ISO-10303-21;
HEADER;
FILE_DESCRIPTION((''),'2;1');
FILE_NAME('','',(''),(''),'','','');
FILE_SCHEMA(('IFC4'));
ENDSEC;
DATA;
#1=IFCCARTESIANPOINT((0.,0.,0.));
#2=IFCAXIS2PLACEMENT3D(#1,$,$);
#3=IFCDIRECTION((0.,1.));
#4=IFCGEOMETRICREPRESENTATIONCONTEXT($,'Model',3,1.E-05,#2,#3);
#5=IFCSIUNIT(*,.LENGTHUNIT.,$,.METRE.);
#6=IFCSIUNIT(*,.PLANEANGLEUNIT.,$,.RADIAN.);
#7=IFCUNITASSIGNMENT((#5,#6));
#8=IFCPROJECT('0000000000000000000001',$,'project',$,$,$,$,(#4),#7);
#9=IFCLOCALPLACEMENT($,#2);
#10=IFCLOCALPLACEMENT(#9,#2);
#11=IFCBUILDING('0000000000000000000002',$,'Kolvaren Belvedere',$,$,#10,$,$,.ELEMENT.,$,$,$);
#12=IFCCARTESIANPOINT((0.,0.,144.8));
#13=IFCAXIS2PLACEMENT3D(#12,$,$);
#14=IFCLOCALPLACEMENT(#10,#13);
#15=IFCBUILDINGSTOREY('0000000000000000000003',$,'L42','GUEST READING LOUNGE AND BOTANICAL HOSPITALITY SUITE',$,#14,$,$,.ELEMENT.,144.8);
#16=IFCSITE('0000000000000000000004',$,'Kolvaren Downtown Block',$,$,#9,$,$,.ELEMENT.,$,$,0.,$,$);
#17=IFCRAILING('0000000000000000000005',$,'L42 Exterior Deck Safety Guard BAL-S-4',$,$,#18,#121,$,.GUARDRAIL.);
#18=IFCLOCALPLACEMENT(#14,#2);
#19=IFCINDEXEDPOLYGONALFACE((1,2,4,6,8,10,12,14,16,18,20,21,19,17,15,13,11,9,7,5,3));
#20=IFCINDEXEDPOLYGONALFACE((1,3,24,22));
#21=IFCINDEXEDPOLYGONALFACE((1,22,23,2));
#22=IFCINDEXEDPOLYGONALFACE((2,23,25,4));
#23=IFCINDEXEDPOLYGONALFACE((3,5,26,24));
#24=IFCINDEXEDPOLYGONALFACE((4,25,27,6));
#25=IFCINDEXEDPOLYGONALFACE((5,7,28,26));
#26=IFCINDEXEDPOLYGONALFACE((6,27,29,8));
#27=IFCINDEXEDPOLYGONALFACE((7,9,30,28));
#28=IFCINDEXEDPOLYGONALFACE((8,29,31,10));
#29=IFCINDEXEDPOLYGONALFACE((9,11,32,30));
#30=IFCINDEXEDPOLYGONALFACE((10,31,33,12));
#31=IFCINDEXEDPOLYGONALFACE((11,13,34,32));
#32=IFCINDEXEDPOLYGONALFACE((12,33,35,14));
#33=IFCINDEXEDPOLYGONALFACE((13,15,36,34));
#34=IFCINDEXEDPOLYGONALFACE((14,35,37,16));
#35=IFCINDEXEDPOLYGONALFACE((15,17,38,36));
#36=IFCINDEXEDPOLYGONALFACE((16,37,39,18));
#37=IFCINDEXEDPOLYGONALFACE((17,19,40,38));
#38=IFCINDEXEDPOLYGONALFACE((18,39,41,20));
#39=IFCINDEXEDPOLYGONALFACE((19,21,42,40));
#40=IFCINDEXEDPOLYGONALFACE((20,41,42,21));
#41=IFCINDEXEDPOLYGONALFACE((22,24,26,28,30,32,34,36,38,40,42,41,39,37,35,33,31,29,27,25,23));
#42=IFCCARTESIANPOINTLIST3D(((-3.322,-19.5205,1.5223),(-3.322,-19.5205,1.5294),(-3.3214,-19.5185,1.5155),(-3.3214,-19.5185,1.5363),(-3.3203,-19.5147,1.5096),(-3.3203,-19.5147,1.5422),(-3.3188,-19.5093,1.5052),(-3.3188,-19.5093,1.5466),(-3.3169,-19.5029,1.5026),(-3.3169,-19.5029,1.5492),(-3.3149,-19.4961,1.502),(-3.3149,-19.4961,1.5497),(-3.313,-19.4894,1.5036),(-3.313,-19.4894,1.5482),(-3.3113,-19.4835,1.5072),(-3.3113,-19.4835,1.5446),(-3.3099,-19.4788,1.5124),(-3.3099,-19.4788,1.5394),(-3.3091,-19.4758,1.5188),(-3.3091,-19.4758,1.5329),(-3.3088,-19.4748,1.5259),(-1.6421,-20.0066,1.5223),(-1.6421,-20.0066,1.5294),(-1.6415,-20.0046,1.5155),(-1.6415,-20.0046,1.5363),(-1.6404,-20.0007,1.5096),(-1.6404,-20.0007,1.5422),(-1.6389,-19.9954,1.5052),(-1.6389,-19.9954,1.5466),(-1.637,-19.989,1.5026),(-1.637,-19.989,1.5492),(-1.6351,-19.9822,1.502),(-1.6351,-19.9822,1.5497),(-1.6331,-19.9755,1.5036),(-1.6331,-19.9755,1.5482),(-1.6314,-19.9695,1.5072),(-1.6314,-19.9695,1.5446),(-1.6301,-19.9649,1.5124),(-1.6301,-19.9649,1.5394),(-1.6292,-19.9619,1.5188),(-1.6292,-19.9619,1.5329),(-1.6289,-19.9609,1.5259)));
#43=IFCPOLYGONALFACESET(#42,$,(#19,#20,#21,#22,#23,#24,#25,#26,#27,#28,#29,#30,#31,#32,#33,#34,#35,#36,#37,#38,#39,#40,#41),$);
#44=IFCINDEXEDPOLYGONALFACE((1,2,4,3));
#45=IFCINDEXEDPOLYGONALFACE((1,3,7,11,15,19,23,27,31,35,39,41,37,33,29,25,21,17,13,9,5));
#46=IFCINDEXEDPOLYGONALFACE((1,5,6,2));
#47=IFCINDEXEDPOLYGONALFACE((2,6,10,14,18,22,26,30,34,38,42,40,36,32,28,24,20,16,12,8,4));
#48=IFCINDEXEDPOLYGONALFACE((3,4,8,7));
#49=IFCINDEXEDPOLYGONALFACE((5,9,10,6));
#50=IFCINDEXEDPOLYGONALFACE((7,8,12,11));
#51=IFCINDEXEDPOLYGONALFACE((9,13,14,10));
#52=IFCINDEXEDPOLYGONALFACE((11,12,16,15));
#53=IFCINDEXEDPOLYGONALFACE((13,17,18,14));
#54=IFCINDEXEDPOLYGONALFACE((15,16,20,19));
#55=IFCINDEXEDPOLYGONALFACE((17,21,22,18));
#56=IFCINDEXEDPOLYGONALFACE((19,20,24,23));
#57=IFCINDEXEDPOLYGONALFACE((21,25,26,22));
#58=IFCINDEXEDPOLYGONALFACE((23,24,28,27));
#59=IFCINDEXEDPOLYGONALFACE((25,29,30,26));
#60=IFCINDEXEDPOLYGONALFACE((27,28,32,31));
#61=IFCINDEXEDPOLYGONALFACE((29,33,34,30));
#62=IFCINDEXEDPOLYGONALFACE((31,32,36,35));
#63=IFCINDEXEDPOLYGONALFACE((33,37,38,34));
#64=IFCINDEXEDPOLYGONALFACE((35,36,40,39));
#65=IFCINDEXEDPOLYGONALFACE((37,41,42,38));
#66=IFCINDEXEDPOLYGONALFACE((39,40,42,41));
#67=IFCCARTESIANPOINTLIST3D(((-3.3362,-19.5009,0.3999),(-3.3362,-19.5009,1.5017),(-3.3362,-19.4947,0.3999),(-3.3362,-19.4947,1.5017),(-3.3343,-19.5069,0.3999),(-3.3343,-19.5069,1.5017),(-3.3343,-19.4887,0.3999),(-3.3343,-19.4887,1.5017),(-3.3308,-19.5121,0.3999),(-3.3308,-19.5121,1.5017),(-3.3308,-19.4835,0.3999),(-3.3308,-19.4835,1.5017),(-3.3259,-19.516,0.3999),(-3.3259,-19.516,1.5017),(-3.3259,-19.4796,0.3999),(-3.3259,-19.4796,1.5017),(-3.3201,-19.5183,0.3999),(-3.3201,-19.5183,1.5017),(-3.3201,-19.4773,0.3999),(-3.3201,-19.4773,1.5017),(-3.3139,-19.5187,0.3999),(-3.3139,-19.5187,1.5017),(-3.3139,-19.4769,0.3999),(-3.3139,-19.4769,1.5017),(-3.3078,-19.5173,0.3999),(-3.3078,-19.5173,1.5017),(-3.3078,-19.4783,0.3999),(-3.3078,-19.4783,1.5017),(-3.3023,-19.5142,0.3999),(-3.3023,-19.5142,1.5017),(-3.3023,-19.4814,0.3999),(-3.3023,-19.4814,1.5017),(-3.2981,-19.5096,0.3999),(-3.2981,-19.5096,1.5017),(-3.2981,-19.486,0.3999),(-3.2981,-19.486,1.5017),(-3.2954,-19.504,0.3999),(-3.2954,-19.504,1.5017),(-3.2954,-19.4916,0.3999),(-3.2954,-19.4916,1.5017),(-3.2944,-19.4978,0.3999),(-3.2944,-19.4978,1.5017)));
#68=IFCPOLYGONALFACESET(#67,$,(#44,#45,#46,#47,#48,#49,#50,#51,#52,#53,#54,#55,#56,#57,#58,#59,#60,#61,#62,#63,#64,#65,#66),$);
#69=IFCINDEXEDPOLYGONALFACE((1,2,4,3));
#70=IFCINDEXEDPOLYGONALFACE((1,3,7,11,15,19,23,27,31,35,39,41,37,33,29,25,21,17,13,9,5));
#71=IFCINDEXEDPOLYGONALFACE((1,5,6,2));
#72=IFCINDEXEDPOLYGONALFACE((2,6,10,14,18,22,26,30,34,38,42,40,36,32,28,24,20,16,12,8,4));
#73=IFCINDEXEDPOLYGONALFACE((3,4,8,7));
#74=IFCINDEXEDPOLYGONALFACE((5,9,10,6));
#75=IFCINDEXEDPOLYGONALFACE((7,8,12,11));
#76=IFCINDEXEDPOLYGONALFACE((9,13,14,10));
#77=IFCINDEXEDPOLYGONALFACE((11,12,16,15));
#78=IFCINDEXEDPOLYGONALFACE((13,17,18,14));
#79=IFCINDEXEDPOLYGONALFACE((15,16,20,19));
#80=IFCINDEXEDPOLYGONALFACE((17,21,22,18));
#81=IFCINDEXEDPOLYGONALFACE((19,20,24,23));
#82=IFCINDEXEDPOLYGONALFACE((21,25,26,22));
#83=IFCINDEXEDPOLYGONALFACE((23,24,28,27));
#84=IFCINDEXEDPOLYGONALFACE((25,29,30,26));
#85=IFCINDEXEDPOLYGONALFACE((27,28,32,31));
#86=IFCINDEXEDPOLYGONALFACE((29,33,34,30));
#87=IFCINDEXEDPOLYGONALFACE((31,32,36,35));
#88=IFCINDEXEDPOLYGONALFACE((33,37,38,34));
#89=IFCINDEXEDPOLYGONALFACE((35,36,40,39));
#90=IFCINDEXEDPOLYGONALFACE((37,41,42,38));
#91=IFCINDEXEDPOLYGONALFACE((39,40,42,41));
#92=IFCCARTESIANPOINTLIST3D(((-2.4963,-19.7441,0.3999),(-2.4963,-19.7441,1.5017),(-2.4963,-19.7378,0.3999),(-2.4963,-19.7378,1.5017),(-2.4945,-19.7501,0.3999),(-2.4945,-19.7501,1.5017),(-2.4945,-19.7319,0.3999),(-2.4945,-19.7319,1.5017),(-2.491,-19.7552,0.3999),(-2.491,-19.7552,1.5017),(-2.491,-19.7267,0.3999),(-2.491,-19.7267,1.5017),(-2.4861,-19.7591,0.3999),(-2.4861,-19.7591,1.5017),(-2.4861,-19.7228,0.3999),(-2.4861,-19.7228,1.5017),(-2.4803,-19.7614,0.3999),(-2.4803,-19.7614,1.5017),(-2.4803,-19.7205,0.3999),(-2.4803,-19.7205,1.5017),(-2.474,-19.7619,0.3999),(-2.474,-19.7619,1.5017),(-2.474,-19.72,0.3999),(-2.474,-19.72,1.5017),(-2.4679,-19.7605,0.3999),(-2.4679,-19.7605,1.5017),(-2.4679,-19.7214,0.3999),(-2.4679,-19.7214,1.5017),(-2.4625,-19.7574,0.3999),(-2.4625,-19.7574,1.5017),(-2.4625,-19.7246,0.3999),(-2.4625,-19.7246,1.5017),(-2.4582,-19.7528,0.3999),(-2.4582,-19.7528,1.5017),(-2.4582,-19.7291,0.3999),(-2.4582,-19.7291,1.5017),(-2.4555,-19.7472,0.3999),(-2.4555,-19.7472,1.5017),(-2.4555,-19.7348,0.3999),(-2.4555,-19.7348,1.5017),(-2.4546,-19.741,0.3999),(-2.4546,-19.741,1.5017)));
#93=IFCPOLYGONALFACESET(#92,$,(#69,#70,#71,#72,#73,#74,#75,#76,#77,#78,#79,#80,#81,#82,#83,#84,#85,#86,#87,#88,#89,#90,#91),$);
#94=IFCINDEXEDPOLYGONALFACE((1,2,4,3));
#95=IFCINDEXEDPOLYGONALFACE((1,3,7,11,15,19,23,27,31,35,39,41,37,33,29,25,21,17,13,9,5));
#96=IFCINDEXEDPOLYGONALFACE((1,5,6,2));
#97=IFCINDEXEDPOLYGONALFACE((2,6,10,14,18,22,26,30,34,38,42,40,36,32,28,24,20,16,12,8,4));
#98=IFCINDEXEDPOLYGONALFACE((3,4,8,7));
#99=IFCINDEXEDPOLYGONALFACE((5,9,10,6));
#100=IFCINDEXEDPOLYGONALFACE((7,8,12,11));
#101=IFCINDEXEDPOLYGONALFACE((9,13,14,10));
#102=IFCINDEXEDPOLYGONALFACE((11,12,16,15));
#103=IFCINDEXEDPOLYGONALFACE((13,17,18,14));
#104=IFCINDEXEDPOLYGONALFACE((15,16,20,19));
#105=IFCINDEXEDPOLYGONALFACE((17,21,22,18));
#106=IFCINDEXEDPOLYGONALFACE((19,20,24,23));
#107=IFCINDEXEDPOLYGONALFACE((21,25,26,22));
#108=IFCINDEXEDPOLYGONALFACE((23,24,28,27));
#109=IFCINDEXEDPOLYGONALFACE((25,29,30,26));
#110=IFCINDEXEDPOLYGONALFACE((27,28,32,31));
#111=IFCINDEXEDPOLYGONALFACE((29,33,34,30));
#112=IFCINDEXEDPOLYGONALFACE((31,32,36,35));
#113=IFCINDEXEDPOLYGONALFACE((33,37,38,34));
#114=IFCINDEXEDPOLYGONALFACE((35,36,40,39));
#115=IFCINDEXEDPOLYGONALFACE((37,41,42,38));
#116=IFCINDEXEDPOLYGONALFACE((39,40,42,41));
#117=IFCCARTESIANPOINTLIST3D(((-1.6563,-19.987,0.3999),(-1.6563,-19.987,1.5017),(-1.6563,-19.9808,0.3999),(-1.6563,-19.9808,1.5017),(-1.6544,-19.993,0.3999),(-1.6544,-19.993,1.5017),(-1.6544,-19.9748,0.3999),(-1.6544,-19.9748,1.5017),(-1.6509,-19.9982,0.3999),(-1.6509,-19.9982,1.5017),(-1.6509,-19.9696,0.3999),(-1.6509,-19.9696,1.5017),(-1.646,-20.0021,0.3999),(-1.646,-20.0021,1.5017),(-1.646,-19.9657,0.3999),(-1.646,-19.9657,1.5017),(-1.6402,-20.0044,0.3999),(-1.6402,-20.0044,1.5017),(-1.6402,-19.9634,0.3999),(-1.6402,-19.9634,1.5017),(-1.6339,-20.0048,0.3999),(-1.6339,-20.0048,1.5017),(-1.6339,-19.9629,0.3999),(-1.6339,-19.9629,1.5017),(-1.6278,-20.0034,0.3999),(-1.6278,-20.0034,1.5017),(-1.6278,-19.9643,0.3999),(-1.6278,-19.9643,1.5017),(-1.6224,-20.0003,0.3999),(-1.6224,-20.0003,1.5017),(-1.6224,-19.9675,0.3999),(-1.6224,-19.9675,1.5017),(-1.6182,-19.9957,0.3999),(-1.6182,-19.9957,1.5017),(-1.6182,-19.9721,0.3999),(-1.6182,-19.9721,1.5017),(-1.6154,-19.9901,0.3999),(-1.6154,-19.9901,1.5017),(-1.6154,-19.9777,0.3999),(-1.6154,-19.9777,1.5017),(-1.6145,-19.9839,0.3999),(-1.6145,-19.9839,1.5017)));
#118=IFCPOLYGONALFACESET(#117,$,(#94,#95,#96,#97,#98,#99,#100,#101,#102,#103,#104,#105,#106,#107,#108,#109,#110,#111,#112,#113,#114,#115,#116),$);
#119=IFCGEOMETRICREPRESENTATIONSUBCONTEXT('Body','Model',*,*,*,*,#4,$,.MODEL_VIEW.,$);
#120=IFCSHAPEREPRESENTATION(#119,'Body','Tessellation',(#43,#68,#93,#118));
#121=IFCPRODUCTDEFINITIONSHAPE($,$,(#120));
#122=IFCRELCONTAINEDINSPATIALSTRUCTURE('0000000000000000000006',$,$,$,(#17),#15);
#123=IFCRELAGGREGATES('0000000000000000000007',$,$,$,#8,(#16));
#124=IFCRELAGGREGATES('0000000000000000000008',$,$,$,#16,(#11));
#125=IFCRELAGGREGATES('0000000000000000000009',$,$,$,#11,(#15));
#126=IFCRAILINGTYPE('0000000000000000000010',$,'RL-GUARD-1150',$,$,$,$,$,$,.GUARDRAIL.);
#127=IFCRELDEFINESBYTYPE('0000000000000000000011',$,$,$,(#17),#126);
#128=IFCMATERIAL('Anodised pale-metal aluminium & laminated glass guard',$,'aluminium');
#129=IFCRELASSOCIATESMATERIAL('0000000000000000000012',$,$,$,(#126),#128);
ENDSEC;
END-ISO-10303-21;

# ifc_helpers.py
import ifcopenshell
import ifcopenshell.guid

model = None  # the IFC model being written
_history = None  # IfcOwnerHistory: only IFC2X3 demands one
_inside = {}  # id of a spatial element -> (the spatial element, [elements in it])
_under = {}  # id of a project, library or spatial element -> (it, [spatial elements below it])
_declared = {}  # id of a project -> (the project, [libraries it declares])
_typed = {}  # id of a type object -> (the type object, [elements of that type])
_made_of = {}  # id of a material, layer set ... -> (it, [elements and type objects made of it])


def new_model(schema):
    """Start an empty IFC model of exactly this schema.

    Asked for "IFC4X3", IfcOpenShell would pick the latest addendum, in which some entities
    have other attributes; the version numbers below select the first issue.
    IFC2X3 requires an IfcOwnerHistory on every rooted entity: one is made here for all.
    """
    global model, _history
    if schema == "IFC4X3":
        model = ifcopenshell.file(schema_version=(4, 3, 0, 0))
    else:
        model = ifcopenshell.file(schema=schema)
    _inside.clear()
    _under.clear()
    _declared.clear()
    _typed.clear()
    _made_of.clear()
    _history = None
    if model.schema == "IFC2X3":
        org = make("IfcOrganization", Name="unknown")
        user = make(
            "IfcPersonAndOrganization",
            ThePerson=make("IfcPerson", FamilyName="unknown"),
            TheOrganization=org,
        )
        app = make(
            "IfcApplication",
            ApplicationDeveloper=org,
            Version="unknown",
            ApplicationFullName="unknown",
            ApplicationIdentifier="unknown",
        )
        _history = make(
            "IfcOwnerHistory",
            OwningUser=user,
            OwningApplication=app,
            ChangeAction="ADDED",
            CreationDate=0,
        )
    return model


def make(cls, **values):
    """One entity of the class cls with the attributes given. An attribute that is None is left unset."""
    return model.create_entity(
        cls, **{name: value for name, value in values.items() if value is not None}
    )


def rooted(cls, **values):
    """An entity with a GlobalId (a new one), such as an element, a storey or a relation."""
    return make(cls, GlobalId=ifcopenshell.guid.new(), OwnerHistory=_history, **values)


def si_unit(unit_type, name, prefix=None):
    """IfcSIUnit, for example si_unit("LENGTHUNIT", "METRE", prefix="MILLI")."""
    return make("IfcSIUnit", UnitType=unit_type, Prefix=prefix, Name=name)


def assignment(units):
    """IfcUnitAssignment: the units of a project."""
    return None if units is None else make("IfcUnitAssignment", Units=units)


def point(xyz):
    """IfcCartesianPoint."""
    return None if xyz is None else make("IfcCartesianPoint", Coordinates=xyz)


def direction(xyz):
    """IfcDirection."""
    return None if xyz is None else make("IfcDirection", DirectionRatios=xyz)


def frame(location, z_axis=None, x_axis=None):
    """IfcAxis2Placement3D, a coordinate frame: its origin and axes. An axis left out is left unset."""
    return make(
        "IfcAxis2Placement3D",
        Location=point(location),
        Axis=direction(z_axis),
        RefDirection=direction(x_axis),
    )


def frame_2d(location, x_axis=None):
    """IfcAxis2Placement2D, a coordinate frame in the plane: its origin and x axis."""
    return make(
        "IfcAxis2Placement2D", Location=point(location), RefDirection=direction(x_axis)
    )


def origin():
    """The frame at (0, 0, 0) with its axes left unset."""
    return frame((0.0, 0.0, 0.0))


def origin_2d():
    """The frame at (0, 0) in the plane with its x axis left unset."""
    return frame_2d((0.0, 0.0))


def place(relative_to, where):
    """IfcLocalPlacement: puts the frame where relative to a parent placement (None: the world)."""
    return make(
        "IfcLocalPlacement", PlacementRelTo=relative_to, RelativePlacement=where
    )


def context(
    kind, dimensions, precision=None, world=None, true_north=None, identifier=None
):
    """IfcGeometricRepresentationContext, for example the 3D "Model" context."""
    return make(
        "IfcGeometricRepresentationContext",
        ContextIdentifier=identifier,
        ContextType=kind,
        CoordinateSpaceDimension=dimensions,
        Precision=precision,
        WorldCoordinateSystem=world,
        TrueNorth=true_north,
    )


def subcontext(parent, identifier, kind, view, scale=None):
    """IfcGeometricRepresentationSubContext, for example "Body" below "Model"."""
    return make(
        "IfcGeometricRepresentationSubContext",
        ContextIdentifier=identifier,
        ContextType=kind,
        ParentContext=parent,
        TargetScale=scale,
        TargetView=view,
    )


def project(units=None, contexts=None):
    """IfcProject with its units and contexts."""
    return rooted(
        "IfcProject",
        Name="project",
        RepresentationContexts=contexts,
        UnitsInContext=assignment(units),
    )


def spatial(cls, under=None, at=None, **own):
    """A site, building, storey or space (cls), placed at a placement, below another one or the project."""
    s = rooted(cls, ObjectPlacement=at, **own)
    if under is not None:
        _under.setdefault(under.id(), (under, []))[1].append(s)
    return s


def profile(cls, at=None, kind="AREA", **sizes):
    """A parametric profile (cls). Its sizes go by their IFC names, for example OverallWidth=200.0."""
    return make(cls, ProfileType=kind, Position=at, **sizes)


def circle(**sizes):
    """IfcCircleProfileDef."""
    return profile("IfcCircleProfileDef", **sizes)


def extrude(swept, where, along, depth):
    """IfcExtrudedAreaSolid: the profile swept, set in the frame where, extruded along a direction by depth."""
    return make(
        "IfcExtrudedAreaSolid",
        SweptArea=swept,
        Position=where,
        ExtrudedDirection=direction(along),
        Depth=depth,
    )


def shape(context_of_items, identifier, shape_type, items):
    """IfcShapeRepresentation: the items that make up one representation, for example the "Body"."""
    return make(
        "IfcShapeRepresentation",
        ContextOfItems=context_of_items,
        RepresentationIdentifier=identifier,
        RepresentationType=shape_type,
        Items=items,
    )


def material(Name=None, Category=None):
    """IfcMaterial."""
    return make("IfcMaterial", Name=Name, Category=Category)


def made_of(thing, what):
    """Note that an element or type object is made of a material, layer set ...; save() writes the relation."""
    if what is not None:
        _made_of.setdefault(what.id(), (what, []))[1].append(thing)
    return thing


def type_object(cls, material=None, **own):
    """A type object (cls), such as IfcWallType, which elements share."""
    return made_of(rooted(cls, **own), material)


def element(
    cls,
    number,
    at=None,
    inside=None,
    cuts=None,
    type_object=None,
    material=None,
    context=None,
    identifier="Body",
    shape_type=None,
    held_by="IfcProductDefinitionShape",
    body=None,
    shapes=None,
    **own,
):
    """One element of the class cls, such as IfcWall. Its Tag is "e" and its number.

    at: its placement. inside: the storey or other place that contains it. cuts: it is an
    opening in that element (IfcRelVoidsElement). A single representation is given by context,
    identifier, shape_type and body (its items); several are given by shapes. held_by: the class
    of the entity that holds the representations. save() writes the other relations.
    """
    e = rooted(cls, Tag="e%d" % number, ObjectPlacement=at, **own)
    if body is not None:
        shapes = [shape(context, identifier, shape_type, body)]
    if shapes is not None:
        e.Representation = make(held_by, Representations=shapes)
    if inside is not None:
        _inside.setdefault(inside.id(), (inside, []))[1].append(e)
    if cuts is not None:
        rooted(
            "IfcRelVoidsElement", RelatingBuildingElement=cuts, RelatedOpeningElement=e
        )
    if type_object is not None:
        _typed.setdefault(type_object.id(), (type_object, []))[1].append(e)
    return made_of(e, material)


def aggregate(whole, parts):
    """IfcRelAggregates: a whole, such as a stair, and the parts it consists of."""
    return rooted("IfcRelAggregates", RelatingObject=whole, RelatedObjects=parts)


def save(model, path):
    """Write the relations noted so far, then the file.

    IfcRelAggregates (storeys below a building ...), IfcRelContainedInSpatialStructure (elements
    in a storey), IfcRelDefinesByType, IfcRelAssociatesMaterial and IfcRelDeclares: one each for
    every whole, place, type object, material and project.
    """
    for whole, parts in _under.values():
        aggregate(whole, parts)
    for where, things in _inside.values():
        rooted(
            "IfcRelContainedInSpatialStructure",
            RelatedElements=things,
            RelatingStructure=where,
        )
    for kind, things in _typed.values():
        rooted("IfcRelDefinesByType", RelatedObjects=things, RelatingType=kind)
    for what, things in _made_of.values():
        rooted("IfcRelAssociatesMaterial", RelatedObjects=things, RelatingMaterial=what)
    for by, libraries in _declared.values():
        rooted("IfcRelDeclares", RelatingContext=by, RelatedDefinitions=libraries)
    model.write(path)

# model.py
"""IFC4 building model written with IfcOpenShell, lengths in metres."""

from ifc_helpers import new_model, si_unit, direction, frame, origin, origin_2d, place, context, subcontext, project, spatial, circle, extrude, material, type_object, element, save


model = new_model("IFC4")

# Units and contexts
model_context = context("Model", 3, precision=1e-05, world=origin(), true_north=direction((0.0, 1.0)))
body_context = subcontext(model_context, "Body", "Model", "MODEL_VIEW")
ifc_project = project(units=[si_unit("LENGTHUNIT", "METRE"), si_unit("PLANEANGLEUNIT", "RADIAN")], contexts=[model_context])

# Site, building, storey
site_placement = place(None, origin())
site = spatial("IfcSite", under=ifc_project, at=site_placement, Name="Kolvaren Downtown Block", CompositionType="ELEMENT", RefElevation=0.0)
building_placement = place(site_placement, origin())
building = spatial("IfcBuilding", under=site, at=building_placement, Name="Kolvaren Belvedere", CompositionType="ELEMENT")
storey_placement = place(building_placement, frame((0.0, 0.0, 144.8)))
storey = spatial("IfcBuildingStorey", under=building, at=storey_placement, Name="L42", Description="GUEST READING LOUNGE AND BOTANICAL HOSPITALITY SUITE", CompositionType="ELEMENT", Elevation=144.8)

# Railing
ifc_material_1 = material(Name="Anodised pale-metal aluminium & laminated glass guard", Category="aluminium")
railing_type = type_object("IfcRailingType", Name="RL-GUARD-1150", PredefinedType="GUARDRAIL", material=ifc_material_1)
railing_1_placement = place(storey_placement, frame((-3.3154, -19.4978, 0.3999)))
element("IfcRailing", 1, at=railing_1_placement, inside=storey, type_object=railing_type, Name="L42 Exterior Deck Safety Guard BAL-S-4", PredefinedType="GUARDRAIL", context=body_context, shape_type="SweptSolid", body=[
    extrude(circle(Radius=0.0239, at=origin_2d()), frame((0.0, 0.0, 1.126), z_axis=(0.960597, -0.277946, 0.0), x_axis=(0.277946, 0.960597, 0.0)), (0.0, 0.0, 1.0), 1.7488),
    extrude(circle(Radius=0.021, at=origin_2d()), origin(), (0.0, 0.0, 1.0), 1.1018),
    extrude(circle(Radius=0.021, at=origin_2d()), frame((0.8398, -0.2432, 0.0)), (0.0, 0.0, 1.0), 1.1018),
    extrude(circle(Radius=0.021, at=origin_2d()), frame((1.6799, -0.4861, 0.0)), (0.0, 0.0, 1.0), 1.1018),
])

save(model, "model.ifc")
